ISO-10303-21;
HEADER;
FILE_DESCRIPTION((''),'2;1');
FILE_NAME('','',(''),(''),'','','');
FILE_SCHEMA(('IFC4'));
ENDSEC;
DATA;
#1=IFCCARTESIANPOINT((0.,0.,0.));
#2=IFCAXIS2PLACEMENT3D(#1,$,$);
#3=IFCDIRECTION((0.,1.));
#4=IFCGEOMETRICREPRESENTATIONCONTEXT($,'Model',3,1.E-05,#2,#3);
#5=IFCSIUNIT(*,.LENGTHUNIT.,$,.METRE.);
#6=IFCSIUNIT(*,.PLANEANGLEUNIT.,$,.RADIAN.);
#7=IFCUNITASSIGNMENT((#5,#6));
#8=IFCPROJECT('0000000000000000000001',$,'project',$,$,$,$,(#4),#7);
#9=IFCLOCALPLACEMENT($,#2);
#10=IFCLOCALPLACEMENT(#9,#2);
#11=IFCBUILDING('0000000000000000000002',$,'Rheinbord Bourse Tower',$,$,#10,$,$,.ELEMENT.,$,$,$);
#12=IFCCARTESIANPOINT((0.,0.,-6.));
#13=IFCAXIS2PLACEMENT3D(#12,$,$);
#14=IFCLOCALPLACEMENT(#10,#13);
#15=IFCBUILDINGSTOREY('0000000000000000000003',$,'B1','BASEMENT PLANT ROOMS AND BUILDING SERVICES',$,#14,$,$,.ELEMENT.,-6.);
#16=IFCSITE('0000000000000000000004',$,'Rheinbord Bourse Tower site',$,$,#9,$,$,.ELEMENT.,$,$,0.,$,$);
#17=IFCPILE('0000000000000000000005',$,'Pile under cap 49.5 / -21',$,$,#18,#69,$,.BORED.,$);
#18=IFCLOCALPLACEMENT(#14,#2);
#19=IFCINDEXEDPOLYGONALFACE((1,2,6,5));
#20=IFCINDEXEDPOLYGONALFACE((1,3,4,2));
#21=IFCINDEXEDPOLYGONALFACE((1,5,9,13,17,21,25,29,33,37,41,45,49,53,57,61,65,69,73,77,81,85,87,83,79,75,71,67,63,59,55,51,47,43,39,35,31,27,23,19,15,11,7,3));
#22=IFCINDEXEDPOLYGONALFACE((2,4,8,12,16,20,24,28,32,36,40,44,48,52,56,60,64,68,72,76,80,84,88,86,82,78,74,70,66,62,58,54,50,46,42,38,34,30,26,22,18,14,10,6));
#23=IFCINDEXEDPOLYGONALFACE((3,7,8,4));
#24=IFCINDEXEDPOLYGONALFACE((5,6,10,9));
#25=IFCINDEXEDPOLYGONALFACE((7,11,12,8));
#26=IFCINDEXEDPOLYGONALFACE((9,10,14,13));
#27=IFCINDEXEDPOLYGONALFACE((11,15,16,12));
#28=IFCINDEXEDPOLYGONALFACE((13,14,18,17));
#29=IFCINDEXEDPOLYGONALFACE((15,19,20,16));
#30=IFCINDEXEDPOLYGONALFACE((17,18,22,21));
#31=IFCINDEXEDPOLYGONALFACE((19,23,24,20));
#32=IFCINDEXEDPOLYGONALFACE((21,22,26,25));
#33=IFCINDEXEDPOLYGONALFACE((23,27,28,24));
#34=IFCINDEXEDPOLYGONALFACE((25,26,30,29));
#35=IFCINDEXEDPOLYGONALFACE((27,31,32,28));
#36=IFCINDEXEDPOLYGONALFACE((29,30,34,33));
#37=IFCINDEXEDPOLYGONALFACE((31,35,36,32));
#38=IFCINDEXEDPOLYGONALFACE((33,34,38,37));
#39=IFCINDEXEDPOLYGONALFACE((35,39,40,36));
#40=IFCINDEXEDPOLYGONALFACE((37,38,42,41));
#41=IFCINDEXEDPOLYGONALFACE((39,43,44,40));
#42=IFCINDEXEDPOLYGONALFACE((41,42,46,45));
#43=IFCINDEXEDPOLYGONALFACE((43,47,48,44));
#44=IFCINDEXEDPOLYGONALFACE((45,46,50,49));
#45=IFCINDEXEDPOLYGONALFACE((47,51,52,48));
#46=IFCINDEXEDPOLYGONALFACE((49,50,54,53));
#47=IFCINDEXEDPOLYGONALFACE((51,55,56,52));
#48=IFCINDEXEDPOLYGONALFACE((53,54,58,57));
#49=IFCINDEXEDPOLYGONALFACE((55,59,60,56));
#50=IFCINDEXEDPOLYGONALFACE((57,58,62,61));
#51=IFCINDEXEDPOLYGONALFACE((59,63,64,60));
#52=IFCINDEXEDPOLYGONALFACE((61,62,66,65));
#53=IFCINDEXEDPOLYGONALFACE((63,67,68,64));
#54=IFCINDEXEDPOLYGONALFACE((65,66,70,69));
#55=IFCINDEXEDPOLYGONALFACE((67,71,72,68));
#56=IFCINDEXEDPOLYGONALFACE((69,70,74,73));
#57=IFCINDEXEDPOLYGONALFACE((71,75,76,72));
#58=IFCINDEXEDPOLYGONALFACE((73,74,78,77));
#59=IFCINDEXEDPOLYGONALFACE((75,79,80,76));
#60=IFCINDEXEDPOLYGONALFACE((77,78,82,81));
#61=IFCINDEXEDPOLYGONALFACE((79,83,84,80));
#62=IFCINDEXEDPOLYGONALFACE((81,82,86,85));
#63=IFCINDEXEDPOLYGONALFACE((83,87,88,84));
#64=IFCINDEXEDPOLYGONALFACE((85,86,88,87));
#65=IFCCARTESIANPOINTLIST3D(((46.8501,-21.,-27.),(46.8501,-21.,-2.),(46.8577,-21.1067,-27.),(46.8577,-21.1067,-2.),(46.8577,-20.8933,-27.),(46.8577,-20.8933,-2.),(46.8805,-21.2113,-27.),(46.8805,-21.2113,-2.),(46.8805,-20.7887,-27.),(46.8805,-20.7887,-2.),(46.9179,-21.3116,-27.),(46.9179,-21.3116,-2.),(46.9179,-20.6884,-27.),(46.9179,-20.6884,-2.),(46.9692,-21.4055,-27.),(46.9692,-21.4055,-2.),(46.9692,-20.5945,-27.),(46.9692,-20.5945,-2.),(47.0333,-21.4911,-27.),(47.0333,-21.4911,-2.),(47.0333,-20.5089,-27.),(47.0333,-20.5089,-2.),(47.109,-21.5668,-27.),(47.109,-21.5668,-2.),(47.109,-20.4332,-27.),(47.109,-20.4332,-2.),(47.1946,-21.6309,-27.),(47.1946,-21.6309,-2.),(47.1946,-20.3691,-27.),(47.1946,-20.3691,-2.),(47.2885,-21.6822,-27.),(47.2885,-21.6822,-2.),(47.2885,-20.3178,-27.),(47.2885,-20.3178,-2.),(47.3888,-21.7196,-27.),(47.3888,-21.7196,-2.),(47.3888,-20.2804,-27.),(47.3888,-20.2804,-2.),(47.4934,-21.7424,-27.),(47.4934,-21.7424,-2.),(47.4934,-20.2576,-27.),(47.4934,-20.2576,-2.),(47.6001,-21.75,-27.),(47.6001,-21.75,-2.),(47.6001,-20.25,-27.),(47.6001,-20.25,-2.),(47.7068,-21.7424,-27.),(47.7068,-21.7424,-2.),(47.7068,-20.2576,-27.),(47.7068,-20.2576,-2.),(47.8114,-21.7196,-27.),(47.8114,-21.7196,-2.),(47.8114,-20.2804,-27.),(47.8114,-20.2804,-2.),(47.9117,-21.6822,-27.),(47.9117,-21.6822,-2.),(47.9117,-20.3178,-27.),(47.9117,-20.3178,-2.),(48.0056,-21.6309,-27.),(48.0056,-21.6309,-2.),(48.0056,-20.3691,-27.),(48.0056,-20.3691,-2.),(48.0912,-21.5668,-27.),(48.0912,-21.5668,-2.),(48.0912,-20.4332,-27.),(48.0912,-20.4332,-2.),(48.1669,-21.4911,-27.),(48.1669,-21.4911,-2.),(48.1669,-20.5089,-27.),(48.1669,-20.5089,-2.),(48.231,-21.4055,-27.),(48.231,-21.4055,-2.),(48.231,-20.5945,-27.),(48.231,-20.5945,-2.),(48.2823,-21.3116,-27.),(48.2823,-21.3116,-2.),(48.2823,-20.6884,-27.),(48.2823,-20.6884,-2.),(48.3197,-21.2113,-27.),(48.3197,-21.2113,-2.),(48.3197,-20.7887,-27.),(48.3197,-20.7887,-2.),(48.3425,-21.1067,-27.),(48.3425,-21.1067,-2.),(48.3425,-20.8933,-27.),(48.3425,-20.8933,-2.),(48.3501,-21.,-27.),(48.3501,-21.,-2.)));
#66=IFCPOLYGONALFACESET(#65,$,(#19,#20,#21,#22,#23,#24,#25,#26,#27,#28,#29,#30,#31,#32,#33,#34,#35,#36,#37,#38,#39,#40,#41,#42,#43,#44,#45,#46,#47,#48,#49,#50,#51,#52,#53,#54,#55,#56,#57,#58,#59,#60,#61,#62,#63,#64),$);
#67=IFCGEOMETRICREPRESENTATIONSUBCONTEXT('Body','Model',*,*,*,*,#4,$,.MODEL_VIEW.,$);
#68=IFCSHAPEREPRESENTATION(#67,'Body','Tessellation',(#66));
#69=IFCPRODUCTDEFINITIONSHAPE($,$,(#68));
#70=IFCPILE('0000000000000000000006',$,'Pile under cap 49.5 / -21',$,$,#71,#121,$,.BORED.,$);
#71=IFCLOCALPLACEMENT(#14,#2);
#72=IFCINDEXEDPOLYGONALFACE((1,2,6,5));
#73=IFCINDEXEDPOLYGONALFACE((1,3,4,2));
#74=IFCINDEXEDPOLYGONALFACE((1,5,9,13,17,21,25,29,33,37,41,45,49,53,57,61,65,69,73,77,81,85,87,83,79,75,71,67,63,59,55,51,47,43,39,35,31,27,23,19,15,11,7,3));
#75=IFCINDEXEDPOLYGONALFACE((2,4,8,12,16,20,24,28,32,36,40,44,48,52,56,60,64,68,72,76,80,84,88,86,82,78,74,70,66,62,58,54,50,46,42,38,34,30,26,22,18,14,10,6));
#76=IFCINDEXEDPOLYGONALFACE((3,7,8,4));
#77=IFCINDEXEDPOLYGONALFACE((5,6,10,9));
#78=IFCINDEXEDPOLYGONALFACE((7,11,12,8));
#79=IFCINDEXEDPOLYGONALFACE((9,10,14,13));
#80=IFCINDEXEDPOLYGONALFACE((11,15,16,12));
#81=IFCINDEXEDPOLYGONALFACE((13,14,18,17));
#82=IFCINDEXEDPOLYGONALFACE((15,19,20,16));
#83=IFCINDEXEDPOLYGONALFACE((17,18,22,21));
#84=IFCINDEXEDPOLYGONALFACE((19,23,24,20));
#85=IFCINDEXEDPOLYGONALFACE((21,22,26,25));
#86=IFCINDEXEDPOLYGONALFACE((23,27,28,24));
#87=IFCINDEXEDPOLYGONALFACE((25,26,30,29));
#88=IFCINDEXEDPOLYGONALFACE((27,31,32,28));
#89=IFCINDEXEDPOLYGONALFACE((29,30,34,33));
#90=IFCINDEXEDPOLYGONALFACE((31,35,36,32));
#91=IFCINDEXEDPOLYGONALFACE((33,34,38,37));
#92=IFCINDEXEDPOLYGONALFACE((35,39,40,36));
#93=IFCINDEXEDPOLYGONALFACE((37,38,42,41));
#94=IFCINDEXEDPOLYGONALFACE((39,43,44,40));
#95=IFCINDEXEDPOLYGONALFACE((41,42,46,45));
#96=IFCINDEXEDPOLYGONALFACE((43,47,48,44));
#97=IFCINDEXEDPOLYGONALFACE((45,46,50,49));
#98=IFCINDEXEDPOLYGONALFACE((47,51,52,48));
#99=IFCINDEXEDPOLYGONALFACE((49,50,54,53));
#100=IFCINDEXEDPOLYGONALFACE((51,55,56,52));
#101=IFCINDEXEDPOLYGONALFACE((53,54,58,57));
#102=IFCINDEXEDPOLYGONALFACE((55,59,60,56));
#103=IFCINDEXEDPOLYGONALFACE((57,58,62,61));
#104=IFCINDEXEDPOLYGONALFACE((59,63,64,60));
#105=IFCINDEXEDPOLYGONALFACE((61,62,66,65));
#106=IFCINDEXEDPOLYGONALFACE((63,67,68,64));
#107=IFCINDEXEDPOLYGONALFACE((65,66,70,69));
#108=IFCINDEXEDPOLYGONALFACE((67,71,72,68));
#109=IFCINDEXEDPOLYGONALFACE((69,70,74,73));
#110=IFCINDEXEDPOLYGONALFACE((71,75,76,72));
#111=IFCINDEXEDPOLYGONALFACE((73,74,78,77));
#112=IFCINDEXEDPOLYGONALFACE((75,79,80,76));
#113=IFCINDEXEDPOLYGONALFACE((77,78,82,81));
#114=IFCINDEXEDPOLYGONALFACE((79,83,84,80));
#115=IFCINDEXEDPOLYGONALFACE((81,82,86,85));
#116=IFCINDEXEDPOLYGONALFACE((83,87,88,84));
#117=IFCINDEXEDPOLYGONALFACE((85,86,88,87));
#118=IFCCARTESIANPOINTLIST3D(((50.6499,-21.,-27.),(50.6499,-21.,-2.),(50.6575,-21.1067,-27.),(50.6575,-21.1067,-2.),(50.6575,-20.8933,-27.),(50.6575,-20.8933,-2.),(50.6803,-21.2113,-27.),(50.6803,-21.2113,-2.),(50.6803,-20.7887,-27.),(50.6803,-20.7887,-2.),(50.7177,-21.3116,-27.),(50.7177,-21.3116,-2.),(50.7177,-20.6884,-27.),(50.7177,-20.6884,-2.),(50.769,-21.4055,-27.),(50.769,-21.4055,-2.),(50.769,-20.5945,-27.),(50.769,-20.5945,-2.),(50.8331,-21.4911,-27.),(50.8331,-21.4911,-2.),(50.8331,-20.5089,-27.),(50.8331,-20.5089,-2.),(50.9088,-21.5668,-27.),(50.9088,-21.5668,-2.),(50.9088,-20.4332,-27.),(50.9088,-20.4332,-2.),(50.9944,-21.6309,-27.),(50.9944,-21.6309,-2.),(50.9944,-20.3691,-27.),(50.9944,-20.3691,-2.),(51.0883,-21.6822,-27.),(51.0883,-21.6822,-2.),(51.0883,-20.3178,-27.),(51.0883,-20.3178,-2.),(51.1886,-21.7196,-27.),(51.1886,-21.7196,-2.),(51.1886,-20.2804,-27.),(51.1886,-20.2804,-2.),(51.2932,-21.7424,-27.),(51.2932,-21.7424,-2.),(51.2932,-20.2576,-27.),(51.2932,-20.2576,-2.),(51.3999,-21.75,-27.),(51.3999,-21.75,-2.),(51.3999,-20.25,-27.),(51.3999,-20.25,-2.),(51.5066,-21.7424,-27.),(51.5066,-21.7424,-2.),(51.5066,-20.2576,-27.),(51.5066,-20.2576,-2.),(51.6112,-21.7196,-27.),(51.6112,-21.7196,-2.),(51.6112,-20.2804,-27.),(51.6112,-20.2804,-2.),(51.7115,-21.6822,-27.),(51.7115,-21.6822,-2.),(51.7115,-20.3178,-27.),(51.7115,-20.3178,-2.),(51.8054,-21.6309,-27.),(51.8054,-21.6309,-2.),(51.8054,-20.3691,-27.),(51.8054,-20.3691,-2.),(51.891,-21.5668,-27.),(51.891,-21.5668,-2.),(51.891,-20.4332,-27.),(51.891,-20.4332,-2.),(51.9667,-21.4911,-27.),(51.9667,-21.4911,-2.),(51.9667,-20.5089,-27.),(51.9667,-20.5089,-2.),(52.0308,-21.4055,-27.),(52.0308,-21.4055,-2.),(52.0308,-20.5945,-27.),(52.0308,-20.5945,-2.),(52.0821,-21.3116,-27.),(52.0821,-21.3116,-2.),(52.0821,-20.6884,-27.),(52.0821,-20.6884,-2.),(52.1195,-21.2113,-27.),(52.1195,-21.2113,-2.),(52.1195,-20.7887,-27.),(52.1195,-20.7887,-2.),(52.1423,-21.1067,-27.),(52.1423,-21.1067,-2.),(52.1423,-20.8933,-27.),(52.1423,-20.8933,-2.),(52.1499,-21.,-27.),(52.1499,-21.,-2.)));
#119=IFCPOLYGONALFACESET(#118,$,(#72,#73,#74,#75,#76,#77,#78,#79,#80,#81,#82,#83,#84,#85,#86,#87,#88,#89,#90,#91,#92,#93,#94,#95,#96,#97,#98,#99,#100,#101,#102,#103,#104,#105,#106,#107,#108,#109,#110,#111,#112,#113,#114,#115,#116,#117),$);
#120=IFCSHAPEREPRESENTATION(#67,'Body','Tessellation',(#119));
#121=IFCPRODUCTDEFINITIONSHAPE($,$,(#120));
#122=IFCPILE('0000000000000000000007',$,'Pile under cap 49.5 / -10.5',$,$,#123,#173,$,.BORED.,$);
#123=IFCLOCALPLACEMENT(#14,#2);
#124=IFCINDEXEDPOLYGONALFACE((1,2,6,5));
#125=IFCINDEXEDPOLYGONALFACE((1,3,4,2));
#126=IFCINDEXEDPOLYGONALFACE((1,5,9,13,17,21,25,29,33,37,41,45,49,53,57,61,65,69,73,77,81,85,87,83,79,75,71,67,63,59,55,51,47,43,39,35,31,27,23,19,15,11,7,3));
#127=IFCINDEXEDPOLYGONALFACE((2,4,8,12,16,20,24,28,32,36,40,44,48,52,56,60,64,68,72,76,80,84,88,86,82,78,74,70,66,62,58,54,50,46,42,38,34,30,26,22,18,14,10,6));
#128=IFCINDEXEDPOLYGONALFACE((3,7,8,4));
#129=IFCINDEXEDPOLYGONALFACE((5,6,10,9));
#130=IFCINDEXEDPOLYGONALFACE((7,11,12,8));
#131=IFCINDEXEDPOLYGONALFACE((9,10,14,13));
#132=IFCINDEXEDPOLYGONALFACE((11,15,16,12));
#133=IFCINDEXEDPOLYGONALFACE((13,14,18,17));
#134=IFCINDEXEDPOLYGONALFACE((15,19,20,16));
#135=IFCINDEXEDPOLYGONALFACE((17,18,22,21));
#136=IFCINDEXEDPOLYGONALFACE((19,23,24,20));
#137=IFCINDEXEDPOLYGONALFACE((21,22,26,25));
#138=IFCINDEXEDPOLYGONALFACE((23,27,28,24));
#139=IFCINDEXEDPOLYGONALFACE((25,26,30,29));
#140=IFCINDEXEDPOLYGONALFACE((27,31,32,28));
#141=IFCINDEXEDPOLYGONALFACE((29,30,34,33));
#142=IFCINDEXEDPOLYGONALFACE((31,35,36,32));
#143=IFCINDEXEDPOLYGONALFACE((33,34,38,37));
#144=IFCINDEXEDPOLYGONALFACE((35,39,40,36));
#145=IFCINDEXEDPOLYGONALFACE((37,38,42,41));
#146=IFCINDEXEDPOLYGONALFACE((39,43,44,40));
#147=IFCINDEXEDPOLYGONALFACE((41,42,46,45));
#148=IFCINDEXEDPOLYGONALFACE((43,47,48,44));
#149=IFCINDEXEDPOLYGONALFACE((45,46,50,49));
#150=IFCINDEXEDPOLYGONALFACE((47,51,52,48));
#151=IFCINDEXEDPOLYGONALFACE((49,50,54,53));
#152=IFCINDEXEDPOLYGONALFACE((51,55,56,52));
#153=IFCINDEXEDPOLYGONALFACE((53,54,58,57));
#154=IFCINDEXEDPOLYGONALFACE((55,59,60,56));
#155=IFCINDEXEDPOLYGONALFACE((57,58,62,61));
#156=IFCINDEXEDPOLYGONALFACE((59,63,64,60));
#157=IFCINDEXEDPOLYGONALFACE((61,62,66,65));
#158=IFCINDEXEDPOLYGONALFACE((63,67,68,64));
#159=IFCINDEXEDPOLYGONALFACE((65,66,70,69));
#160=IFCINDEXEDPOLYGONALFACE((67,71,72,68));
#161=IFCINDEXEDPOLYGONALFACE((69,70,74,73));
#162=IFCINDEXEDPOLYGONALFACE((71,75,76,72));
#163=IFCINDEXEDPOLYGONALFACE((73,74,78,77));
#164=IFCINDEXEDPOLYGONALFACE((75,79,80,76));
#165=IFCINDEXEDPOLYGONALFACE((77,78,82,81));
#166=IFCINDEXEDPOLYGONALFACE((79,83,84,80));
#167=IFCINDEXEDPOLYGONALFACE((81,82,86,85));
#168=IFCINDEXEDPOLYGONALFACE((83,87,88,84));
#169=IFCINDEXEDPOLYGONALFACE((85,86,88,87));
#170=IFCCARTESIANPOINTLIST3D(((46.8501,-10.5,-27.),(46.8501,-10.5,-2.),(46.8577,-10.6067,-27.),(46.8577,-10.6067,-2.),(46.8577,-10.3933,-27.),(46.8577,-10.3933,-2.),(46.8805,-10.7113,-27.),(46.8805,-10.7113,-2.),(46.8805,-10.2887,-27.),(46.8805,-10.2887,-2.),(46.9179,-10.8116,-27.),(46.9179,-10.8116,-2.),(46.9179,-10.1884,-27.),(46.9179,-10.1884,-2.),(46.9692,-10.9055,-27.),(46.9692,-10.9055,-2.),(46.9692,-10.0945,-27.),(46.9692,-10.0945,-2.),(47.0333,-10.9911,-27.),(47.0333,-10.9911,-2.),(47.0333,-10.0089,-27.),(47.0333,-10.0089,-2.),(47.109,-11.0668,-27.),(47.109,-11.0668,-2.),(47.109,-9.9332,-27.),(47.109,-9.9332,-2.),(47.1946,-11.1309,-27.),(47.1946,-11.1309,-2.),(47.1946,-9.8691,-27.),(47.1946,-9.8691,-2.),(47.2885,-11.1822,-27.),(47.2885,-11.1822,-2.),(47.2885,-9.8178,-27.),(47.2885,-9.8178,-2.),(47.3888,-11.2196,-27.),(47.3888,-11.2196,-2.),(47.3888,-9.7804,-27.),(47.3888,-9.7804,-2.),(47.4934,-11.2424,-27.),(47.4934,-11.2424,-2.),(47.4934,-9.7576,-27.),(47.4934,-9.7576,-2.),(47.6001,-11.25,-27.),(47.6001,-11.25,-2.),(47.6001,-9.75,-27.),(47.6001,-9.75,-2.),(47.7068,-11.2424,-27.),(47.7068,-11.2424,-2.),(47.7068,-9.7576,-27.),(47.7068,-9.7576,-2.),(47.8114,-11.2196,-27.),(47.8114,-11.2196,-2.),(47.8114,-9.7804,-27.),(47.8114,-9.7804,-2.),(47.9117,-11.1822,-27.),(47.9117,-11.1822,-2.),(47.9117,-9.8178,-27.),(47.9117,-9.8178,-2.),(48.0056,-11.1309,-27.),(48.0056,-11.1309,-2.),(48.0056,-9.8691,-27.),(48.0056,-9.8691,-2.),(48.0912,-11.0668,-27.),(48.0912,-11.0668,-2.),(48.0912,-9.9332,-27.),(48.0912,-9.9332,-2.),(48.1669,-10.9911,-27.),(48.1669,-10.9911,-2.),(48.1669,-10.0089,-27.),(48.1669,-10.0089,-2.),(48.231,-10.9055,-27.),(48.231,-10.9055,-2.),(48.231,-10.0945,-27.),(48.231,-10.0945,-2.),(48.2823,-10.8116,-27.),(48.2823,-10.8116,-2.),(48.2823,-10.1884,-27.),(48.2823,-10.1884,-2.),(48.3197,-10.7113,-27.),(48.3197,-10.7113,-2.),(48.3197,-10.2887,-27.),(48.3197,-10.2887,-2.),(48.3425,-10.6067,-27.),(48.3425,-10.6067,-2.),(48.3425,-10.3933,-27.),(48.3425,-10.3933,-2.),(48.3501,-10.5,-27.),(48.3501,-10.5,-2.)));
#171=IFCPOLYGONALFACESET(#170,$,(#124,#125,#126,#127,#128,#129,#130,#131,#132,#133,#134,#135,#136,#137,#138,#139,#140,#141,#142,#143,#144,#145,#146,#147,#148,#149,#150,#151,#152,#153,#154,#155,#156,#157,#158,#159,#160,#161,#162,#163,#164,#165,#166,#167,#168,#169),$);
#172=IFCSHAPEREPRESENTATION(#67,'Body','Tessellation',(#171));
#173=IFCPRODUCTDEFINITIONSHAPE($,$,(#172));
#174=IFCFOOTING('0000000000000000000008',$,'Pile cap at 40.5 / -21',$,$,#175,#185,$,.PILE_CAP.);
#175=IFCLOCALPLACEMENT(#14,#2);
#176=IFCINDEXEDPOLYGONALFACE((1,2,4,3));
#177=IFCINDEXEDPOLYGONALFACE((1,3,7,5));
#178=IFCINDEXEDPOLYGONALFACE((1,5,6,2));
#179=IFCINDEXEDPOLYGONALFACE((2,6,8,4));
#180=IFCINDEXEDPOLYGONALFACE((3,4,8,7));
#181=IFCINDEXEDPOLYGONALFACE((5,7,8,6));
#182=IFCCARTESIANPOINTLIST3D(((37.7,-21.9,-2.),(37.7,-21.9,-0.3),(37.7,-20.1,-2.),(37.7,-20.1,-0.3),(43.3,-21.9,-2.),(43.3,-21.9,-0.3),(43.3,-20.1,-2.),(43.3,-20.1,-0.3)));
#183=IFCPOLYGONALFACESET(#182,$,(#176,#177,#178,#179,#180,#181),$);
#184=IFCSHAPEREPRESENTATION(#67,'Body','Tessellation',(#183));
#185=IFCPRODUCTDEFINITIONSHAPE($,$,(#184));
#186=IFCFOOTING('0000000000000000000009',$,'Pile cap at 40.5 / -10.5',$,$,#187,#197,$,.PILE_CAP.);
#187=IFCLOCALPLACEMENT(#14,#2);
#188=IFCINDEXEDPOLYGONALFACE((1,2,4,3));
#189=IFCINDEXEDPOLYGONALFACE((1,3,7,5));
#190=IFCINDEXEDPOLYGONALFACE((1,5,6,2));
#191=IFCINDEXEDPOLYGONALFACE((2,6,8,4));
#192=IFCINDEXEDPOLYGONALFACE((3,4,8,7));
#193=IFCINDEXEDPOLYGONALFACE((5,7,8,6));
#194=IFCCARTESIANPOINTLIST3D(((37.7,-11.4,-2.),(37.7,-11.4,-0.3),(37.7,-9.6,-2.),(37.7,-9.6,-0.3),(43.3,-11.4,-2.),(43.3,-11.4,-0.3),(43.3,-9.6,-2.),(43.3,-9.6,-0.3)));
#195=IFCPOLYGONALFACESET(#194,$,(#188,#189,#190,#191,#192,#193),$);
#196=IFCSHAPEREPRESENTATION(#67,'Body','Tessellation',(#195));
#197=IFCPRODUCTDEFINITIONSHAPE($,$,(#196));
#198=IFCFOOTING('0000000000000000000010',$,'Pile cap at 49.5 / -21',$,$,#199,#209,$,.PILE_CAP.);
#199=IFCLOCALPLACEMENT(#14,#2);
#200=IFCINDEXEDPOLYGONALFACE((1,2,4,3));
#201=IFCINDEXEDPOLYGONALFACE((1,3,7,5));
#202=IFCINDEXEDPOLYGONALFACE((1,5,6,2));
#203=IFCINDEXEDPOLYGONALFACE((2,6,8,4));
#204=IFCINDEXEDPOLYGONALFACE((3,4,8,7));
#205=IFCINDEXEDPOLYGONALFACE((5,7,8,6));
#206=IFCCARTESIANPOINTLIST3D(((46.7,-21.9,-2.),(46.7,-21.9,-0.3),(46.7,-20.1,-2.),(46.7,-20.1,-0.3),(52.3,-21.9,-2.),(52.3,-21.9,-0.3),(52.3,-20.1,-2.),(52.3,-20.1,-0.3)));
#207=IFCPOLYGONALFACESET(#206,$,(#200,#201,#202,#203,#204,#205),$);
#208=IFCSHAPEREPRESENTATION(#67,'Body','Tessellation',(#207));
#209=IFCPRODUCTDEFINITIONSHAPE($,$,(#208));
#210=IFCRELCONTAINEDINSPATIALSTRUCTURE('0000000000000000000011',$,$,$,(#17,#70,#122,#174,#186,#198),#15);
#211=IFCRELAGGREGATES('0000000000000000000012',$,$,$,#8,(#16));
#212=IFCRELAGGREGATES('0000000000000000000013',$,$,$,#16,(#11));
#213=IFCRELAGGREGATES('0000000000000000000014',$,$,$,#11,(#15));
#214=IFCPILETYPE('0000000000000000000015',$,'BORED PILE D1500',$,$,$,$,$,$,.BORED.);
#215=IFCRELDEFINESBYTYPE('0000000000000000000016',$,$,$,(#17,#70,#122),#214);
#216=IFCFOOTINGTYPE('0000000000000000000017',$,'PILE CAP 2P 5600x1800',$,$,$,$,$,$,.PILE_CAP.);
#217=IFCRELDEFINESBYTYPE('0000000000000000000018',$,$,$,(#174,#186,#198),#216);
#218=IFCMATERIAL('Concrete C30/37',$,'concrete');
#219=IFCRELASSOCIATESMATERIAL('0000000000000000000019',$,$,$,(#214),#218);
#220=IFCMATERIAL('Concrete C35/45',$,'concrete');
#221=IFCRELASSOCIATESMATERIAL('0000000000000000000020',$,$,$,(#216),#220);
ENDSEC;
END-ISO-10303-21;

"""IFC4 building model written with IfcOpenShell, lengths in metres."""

from ifc_helpers import new_model, si_unit, direction, frame, origin, origin_2d, place, context, subcontext, project, spatial, rectangle, circle, extrude, material, material_profile, profile_set, type_object, element, save


model = new_model("IFC4")

# Units and contexts
model_context = context("Model", 3, precision=1e-05, world=origin(), true_north=direction((0.0, 1.0)))
body_context = subcontext(model_context, "Body", "Model", "MODEL_VIEW")
ifc_project = project(units=[si_unit("LENGTHUNIT", "METRE"), si_unit("PLANEANGLEUNIT", "RADIAN")], contexts=[model_context])

# Site, building, storey
site_placement = place(None, origin())
site = spatial("IfcSite", under=ifc_project, at=site_placement, Name="Rheinbord Bourse Tower site", CompositionType="ELEMENT", RefElevation=0.0)
building_placement = place(site_placement, origin())
building = spatial("IfcBuilding", under=site, at=building_placement, Name="Rheinbord Bourse Tower", CompositionType="ELEMENT")
storey_placement = place(building_placement, frame((0.0, 0.0, -6.0)))
storey = spatial("IfcBuildingStorey", under=building, at=storey_placement, Name="B1", Description="BASEMENT PLANT ROOMS AND BUILDING SERVICES", CompositionType="ELEMENT", Elevation=-6.0)

# Piles
ifc_material_1 = material(Name="Concrete C30/37", Category="concrete")
ifc_material_profile_1 = material_profile(ifc_material_1, circle(Radius=0.75, at=origin_2d()), Name="D1500")
ifc_profile_set_1 = profile_set([ifc_material_profile_1], Name="Concrete C30/37")
pile_type = type_object("IfcPileType", Name="BORED PILE D1500", PredefinedType="BORED", material=ifc_profile_set_1)
for number, where, z_axis, x_axis, name in (
    (1, (47.6001, -21.0, -2.0), (0.0, 0.0, -1.0), (1.0, 0.0, 0.0), "Pile under cap 49.5 / -21"),
    (2, (51.3999, -21.0, -2.0), (0.0, 0.0, -1.0), (1.0, 0.0, 0.0), "Pile under cap 49.5 / -21"),
    (3, (47.6001, -10.5, -2.0), (0.0, 0.0, -1.0), (1.0, 0.0, 0.0), "Pile under cap 49.5 / -10.5"),
):
    element("IfcPile", number, at=place(storey_placement, frame(where, z_axis=z_axis, x_axis=x_axis)), inside=storey, type_object=pile_type, Name=name, PredefinedType="BORED", context=body_context, shape_type="SweptSolid", body=[
        extrude(circle(Radius=0.75, at=origin_2d()), origin(), (0.0, 0.0, 1.0), 25.0),
    ])

# Footings
ifc_material_2 = material(Name="Concrete C35/45", Category="concrete")
footing_type = type_object("IfcFootingType", Name="PILE CAP 2P 5600x1800", PredefinedType="PILE_CAP", material=ifc_material_2)
for number, where, z_axis, x_axis, name in (
    (4, (40.5, -21.0, -2.0), (0.0, 0.0, 1.0), (1.0, 0.0, 0.0), "Pile cap at 40.5 / -21"),
    (5, (40.5, -10.5, -2.0), (0.0, 0.0, 1.0), (1.0, 0.0, 0.0), "Pile cap at 40.5 / -10.5"),
    (6, (49.5, -21.0, -2.0), (0.0, 0.0, 1.0), (1.0, 0.0, 0.0), "Pile cap at 49.5 / -21"),
):
    element("IfcFooting", number, at=place(storey_placement, frame(where, z_axis=z_axis, x_axis=x_axis)), inside=storey, type_object=footing_type, Name=name, PredefinedType="PILE_CAP", context=body_context, shape_type="SweptSolid", body=[
        extrude(rectangle(XDim=5.6001, YDim=1.8, at=origin_2d()), origin(), (0.0, 0.0, 1.0), 1.7),
    ])

save(model, "model.ifc")
